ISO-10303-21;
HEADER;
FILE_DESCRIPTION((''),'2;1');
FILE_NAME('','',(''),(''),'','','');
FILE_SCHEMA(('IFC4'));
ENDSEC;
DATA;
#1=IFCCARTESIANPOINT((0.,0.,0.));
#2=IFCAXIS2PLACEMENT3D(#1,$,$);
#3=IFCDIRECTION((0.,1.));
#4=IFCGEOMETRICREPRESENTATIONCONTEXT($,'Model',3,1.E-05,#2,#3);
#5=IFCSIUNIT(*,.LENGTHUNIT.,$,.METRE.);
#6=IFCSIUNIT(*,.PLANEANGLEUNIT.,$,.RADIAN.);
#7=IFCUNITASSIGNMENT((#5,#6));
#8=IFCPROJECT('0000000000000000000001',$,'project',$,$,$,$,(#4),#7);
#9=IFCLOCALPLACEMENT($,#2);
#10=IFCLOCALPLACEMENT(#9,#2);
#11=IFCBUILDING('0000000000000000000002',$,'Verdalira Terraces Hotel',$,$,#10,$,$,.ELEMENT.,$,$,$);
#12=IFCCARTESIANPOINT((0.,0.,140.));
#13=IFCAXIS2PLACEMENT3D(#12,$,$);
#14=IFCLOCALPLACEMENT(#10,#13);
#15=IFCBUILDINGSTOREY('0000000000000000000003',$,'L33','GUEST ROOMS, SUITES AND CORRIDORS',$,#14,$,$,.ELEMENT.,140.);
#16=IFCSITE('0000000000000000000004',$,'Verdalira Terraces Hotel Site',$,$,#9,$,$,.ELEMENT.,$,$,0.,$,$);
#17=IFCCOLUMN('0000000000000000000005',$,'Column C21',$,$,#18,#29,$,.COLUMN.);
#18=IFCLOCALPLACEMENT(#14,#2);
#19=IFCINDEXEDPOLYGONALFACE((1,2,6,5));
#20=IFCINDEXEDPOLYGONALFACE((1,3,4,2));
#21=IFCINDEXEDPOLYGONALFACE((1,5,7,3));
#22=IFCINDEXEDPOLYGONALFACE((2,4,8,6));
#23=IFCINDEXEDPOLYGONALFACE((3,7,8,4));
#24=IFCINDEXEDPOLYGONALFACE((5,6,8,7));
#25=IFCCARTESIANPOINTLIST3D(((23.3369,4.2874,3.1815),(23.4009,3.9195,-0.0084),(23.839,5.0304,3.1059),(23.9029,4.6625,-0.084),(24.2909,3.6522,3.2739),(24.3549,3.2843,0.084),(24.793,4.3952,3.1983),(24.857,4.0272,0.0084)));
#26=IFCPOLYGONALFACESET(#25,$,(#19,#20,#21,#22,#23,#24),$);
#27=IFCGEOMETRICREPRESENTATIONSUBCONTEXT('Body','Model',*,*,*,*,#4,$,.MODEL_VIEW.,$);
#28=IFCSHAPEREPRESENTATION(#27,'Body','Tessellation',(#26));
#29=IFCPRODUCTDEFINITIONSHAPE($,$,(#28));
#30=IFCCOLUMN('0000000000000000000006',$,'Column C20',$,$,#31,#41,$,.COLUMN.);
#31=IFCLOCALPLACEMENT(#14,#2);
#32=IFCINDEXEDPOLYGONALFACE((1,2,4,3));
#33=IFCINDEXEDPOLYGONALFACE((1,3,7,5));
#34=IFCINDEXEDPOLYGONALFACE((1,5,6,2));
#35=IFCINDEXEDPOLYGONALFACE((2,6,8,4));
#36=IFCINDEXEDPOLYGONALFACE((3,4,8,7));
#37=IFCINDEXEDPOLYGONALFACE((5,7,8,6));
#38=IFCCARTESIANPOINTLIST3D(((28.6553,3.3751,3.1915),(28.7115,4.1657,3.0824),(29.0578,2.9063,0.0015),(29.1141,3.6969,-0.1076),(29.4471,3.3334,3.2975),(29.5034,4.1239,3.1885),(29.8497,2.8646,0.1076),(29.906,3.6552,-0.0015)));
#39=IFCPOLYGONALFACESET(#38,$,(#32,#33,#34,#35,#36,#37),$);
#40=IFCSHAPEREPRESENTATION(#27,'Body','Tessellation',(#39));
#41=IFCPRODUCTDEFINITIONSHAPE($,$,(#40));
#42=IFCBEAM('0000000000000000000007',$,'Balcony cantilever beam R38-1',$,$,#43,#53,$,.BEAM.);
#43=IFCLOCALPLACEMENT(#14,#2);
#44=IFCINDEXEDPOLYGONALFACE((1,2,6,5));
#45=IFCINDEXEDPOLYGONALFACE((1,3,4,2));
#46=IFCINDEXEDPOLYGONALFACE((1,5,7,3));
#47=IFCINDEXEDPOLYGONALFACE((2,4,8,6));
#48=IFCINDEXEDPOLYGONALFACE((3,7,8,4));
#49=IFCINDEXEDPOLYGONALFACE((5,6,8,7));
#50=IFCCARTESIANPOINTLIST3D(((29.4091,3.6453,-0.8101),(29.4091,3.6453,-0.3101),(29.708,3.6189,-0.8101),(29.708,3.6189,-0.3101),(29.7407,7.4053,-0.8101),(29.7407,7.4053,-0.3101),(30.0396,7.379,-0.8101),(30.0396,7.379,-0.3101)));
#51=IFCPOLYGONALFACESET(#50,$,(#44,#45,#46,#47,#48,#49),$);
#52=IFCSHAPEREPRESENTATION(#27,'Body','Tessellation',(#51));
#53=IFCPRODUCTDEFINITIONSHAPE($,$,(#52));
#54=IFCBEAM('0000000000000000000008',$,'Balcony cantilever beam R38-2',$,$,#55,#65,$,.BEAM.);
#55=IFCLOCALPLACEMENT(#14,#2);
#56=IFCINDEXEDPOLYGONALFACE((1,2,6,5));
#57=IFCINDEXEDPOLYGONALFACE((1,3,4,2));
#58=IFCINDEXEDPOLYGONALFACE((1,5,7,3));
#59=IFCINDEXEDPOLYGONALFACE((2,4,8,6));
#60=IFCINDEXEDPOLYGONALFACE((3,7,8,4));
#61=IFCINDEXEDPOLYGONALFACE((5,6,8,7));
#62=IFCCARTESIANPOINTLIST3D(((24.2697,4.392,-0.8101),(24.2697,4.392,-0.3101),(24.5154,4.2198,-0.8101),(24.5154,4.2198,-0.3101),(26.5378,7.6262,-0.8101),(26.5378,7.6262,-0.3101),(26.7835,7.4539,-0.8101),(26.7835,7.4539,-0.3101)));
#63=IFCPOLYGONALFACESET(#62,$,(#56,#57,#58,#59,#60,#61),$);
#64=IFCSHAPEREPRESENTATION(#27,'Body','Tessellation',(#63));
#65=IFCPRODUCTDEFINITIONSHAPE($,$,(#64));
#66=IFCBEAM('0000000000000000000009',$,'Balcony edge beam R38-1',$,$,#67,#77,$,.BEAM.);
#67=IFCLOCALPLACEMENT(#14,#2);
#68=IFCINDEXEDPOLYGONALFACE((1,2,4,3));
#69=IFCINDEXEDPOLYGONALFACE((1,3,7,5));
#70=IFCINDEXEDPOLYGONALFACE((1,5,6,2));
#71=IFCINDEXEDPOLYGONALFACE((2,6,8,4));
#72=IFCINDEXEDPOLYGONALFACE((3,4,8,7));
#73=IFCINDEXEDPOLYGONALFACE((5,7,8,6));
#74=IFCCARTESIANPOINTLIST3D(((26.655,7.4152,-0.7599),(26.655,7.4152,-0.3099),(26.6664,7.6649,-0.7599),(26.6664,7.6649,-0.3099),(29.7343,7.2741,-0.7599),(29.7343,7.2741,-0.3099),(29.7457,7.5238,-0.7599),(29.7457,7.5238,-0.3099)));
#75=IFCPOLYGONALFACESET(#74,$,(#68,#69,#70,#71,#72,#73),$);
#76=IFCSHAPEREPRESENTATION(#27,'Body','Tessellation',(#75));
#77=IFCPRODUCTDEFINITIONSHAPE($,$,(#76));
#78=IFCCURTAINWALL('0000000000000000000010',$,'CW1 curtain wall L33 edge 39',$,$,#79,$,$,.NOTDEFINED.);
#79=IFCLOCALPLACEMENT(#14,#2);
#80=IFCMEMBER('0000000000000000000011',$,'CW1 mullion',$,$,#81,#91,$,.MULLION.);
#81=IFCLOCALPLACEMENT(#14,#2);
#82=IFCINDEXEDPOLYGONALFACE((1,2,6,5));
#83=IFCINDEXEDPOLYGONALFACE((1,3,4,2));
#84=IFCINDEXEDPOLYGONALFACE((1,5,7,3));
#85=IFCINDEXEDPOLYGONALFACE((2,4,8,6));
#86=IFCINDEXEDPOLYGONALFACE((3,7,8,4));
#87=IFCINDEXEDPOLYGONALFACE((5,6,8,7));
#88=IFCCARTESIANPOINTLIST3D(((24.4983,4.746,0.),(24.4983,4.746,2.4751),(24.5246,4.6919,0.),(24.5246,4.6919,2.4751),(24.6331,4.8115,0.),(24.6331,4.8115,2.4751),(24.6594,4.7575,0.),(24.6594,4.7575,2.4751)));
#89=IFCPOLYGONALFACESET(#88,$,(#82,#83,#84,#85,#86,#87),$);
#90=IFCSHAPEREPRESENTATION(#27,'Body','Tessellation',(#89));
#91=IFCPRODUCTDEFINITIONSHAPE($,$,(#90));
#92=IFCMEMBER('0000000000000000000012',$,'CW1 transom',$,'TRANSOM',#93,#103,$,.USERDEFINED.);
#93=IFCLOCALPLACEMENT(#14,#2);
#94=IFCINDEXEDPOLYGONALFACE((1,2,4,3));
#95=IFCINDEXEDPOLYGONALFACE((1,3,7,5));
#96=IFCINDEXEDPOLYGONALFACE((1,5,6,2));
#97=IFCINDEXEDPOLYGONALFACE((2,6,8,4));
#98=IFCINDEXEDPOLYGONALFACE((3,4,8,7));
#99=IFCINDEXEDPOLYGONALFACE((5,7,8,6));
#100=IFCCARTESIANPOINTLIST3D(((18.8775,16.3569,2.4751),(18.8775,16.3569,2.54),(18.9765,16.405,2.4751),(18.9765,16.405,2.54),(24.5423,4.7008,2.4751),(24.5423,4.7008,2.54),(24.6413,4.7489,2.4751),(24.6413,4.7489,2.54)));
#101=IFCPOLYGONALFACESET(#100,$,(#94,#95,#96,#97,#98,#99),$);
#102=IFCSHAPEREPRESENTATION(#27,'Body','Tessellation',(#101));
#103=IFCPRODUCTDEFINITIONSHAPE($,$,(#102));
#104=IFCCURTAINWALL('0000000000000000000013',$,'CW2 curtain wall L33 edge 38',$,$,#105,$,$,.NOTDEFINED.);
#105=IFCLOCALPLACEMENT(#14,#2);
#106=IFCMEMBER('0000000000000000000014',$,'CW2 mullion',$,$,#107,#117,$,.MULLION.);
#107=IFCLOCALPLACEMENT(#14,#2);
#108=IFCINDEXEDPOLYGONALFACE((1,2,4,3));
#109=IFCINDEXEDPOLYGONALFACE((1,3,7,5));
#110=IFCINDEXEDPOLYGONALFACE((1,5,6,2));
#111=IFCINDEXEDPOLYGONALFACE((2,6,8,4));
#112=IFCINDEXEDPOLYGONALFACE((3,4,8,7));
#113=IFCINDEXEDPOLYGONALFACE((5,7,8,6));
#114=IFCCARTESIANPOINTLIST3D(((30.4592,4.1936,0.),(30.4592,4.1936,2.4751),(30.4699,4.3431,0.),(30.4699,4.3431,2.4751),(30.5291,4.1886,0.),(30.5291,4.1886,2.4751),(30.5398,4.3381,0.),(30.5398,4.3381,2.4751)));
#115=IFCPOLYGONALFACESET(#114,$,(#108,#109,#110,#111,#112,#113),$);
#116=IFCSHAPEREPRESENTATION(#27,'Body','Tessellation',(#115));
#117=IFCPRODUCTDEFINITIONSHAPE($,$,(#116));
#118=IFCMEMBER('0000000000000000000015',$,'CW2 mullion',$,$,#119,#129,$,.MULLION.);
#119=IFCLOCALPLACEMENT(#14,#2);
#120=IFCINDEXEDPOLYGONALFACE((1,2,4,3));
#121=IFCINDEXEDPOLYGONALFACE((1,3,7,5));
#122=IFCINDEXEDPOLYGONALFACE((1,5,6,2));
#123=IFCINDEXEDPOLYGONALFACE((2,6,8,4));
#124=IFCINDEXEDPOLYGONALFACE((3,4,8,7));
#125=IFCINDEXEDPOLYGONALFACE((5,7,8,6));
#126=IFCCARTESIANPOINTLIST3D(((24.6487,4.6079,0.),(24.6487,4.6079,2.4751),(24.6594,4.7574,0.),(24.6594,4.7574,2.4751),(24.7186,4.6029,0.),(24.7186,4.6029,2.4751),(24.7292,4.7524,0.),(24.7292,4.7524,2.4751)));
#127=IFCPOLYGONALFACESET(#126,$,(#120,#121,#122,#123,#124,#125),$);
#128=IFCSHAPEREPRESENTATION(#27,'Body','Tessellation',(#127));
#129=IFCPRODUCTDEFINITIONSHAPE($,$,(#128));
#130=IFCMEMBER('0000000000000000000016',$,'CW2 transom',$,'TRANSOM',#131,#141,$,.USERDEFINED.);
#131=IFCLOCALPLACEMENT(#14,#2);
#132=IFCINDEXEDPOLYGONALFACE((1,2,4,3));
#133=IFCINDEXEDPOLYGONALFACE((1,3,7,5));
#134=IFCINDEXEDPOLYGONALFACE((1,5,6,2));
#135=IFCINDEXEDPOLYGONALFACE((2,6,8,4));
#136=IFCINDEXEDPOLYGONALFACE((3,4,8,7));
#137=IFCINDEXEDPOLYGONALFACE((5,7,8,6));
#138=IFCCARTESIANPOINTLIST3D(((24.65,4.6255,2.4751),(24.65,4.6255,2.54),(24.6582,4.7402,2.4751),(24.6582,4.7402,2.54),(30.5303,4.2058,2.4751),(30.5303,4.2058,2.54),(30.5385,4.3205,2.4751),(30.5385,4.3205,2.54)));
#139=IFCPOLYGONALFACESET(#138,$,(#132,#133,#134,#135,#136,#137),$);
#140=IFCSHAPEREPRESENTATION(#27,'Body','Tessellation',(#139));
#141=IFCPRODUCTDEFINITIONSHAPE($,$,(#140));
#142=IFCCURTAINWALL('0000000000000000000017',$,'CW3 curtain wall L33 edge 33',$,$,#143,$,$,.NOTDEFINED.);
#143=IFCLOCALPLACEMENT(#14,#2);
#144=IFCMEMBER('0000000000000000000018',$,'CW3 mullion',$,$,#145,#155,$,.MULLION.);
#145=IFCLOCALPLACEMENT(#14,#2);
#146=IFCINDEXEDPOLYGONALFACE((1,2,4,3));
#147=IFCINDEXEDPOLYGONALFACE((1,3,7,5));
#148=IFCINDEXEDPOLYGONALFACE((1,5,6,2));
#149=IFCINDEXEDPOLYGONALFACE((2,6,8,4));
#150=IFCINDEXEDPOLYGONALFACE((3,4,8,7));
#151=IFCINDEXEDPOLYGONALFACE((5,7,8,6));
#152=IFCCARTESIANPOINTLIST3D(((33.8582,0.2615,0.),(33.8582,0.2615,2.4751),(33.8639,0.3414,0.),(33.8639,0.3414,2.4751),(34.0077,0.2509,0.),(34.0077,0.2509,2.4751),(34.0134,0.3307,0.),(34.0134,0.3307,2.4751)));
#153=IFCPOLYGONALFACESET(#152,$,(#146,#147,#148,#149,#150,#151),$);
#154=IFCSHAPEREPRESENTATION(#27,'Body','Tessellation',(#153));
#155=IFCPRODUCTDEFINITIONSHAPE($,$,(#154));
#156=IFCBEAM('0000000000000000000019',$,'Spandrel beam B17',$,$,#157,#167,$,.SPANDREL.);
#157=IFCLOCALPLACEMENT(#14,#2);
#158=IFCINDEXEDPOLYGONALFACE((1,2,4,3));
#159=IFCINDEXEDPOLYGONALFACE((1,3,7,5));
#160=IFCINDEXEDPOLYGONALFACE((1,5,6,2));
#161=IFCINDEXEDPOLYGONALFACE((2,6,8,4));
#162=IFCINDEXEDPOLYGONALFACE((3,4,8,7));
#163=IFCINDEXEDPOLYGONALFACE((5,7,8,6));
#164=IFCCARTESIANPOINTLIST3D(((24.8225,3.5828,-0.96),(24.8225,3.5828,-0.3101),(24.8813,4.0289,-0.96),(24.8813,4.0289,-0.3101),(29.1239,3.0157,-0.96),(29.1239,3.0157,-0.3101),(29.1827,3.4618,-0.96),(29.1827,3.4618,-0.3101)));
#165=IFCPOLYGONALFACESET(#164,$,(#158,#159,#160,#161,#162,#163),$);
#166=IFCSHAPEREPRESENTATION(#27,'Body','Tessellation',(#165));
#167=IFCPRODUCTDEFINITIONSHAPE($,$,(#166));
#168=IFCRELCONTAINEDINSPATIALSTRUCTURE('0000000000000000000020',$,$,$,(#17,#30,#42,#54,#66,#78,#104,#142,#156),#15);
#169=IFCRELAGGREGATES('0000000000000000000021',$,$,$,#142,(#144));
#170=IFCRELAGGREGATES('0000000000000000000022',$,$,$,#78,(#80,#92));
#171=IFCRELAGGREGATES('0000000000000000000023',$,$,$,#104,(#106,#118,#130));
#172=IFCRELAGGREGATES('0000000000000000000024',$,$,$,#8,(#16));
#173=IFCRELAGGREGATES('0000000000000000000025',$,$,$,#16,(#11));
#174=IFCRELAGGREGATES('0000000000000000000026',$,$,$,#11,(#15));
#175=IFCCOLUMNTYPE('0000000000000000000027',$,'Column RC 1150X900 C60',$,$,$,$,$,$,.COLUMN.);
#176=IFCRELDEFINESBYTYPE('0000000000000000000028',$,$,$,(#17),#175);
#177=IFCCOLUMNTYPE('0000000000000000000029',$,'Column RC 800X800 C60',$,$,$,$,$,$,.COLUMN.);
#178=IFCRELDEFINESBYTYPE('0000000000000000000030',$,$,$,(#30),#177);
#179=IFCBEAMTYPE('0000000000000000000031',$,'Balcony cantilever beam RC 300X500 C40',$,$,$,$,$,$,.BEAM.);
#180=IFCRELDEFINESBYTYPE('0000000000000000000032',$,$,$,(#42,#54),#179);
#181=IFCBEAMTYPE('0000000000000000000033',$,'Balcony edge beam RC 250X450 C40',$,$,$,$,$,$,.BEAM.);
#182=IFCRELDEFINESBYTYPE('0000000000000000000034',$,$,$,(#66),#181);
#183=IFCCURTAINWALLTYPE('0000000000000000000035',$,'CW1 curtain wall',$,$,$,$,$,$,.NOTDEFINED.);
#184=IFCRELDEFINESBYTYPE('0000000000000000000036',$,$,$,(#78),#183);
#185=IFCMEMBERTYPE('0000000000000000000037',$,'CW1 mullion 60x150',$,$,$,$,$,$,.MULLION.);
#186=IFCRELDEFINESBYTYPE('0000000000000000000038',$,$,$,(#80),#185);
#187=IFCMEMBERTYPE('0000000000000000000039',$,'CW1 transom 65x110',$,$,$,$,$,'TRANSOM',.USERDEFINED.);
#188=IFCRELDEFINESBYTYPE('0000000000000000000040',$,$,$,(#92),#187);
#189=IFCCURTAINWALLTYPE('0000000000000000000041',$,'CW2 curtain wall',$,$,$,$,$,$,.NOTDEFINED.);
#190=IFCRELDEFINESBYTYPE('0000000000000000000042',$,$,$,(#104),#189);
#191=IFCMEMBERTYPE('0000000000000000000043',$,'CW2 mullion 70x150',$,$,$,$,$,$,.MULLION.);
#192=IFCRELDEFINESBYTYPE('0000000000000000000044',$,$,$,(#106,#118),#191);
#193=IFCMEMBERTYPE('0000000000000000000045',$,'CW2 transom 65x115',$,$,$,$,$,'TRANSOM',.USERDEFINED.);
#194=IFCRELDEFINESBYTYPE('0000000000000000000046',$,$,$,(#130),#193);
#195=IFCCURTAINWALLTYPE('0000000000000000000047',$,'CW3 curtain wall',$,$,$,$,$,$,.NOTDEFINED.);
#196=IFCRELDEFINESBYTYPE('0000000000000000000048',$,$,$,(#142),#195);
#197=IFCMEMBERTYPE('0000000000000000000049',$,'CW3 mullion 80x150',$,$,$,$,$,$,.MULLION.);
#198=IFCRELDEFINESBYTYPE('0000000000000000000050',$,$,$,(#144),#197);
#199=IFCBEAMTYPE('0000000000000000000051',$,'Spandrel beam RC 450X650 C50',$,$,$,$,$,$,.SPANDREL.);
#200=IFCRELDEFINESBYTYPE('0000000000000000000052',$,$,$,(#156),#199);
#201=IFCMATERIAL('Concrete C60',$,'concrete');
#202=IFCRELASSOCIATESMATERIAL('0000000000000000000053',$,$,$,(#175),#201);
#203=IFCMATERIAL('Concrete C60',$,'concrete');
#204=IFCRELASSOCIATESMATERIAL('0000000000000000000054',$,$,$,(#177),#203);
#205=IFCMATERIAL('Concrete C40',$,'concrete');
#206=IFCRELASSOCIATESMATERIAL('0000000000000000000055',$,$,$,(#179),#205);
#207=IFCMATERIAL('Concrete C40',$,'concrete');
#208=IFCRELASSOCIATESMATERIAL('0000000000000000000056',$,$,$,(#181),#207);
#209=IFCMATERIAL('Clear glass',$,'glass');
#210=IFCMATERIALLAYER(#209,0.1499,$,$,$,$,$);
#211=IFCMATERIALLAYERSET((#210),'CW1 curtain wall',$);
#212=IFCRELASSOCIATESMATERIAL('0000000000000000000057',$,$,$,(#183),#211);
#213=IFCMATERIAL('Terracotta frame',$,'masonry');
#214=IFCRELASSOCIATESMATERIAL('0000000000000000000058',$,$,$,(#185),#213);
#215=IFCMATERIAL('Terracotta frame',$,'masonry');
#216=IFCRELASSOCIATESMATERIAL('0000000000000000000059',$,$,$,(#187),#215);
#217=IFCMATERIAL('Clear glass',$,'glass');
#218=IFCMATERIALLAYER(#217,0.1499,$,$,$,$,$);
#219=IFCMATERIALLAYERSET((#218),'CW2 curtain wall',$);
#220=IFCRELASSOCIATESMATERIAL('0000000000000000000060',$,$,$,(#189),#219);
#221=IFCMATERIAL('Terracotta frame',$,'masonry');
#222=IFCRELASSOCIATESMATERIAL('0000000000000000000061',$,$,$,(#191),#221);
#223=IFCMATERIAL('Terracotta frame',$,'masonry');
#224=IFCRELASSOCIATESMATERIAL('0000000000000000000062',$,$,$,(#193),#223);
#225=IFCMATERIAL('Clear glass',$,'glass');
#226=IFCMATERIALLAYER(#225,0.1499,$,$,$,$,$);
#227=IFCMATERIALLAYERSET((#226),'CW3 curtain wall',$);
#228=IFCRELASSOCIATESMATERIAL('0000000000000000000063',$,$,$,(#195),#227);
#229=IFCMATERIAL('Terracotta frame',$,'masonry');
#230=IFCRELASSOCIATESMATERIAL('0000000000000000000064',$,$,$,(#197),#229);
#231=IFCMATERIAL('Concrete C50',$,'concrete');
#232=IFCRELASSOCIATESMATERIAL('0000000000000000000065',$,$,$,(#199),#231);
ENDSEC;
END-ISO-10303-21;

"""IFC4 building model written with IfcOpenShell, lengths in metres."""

from ifc_helpers import new_model, si_unit, direction, frame, origin, origin_2d, place, context, subcontext, project, spatial, rectangle, extrude, material, layer, layer_set, material_profile, profile_set, type_object, element, aggregate, save


model = new_model("IFC4")

# Units and contexts
model_context = context("Model", 3, precision=1e-05, world=origin(), true_north=direction((0.0, 1.0)))
body_context = subcontext(model_context, "Body", "Model", "MODEL_VIEW")
ifc_project = project(units=[si_unit("LENGTHUNIT", "METRE"), si_unit("PLANEANGLEUNIT", "RADIAN")], contexts=[model_context])

# Site, building, storey
site_placement = place(None, origin())
site = spatial("IfcSite", under=ifc_project, at=site_placement, Name="Verdalira Terraces Hotel Site", CompositionType="ELEMENT", RefElevation=0.0)
building_placement = place(site_placement, origin())
building = spatial("IfcBuilding", under=site, at=building_placement, Name="Verdalira Terraces Hotel", CompositionType="ELEMENT")
storey_placement = place(building_placement, frame((0.0, 0.0, 140.0)))
storey = spatial("IfcBuildingStorey", under=building, at=storey_placement, Name="L33", Description="GUEST ROOMS, SUITES AND CORRIDORS", CompositionType="ELEMENT", Elevation=140.0)

# Columns
ifc_material_1 = material(Name="Concrete C60", Category="concrete")
ifc_material_profile_1 = material_profile(ifc_material_1, rectangle(XDim=1.1499, YDim=0.8999, at=origin_2d()), Name="RC 1150X900")
ifc_profile_set_1 = profile_set([ifc_material_profile_1], Name="Concrete C60")
column_type_1 = type_object("IfcColumnType", Name="Column RC 1150X900 C60", PredefinedType="COLUMN", material=ifc_profile_set_1)
column_1_placement = place(storey_placement, frame((24.1289, 3.9734, 0.0), z_axis=(-0.019916, 0.114555, 0.993217), x_axis=(0.82966, -0.552456, 0.080355)))
element("IfcColumn", 1, at=column_1_placement, inside=storey, type_object=column_type_1, Name="Column C21", PredefinedType="COLUMN", context=body_context, shape_type="SweptSolid", body=[
    extrude(rectangle(XDim=1.1499, YDim=0.8999, at=origin_2d()), origin(), (0.0, 0.0, 1.0), 3.2117),
])
ifc_material_2 = material(Name="Concrete C60", Category="concrete")
ifc_material_profile_2 = material_profile(ifc_material_2, rectangle(XDim=0.8, YDim=0.8, at=origin_2d()), Name="RC 800X800")
ifc_profile_set_2 = profile_set([ifc_material_profile_2], Name="Concrete C60")
column_type_2 = type_object("IfcColumnType", Name="Column RC 800X800 C60", PredefinedType="COLUMN", material=ifc_profile_set_2)
column_2_placement = place(storey_placement, frame((29.4819, 3.2808, 0.0), z_axis=(-0.123902, 0.144265, 0.981751), x_axis=(-0.989797, 0.052185, -0.132586)))
element("IfcColumn", 2, at=column_2_placement, inside=storey, type_object=column_type_2, Name="Column C20", PredefinedType="COLUMN", context=body_context, shape_type="SweptSolid", body=[
    extrude(rectangle(XDim=0.8, YDim=0.8, at=origin_2d()), origin(), (0.0, 0.0, 1.0), 3.2493),
])

# Beams
ifc_material_3 = material(Name="Concrete C40", Category="concrete")
ifc_material_profile_3 = material_profile(ifc_material_3, rectangle(XDim=0.3, YDim=0.5, at=origin_2d()), Name="RC 300X500")
ifc_profile_set_3 = profile_set([ifc_material_profile_3], Name="Concrete C40")
beam_type_1 = type_object("IfcBeamType", Name="Balcony cantilever beam RC 300X500 C40", PredefinedType="BEAM", material=ifc_profile_set_3)
beam_1_placement = place(storey_placement, frame((29.5586, 3.6321, -0.5601), z_axis=(0.087835, 0.996135, 0.0), x_axis=(-0.996135, 0.087835, 0.0)))
element("IfcBeam", 3, at=beam_1_placement, inside=storey, type_object=beam_type_1, Name="Balcony cantilever beam R38-1", PredefinedType="BEAM", context=body_context, shape_type="SweptSolid", body=[
    extrude(rectangle(XDim=0.3, YDim=0.5, at=origin_2d()), origin(), (0.0, 0.0, 1.0), 3.7747),
])
beam_2_placement = place(storey_placement, frame((24.3926, 4.3059, -0.5601), z_axis=(0.574171, 0.818735, 0.0), x_axis=(-0.818735, 0.574171, 0.0)))
element("IfcBeam", 4, at=beam_2_placement, inside=storey, type_object=beam_type_1, Name="Balcony cantilever beam R38-2", PredefinedType="BEAM", context=body_context, shape_type="SweptSolid", body=[
    extrude(rectangle(XDim=0.3, YDim=0.5, at=origin_2d()), origin(), (0.0, 0.0, 1.0), 3.9502),
])
ifc_material_4 = material(Name="Concrete C40", Category="concrete")
ifc_material_profile_4 = material_profile(ifc_material_4, rectangle(XDim=0.25, YDim=0.45, at=origin_2d()), Name="RC 250X450")
ifc_profile_set_4 = profile_set([ifc_material_profile_4], Name="Concrete C40")
beam_type_2 = type_object("IfcBeamType", Name="Balcony edge beam RC 250X450 C40", PredefinedType="BEAM", material=ifc_profile_set_4)
beam_3_placement = place(storey_placement, frame((29.74, 7.3989, -0.5349), z_axis=(-0.998952, 0.045778, 0.0), x_axis=(-0.045778, -0.998952, 0.0)))
element("IfcBeam", 5, at=beam_3_placement, inside=storey, type_object=beam_type_2, Name="Balcony edge beam R38-1", PredefinedType="BEAM", context=body_context, shape_type="SweptSolid", body=[
    extrude(rectangle(XDim=0.25, YDim=0.45, at=origin_2d()), origin(), (0.0, 0.0, 1.0), 3.0825),
])

# Curtain walls, members
ifc_material_5 = material(Name="Clear glass", Category="glass")
ifc_layer_1 = layer(ifc_material_5, 0.1499)
ifc_layer_set_1 = layer_set([ifc_layer_1], Name="CW1 curtain wall")
curtain_wall_type_1 = type_object("IfcCurtainWallType", Name="CW1 curtain wall", PredefinedType="NOTDEFINED", material=ifc_layer_set_1)
curtain_wall_1_placement = place(storey_placement, origin())
curtain_wall_1 = element("IfcCurtainWall", 6, at=curtain_wall_1_placement, inside=storey, type_object=curtain_wall_type_1, Name="CW1 curtain wall L33 edge 39", PredefinedType="NOTDEFINED")
ifc_material_6 = material(Name="Terracotta frame", Category="masonry")
ifc_material_profile_5 = material_profile(ifc_material_6, rectangle(XDim=0.0601, YDim=0.1499, at=origin_2d()), Name="MU 60x150")
ifc_profile_set_5 = profile_set([ifc_material_profile_5], Name="Terracotta frame")
member_type_1 = type_object("IfcMemberType", Name="CW1 mullion 60x150", PredefinedType="MULLION", material=ifc_profile_set_5)
member_1_placement = place(storey_placement, frame((24.5789, 4.7517, 0.0), z_axis=(0.0, 0.0, 1.0), x_axis=(-0.437116, 0.899405, 0.0)))
member_1 = element("IfcMember", 7, at=member_1_placement, type_object=member_type_1, Name="CW1 mullion", PredefinedType="MULLION", context=body_context, shape_type="SweptSolid", body=[
    extrude(rectangle(XDim=0.0601, YDim=0.1499, at=origin_2d()), origin(), (0.0, 0.0, 1.0), 2.4751),
])
ifc_material_7 = material(Name="Terracotta frame", Category="masonry")
ifc_material_profile_6 = material_profile(ifc_material_7, rectangle(XDim=0.1101, YDim=0.0649, at=origin_2d()), Name="TR 65x110")
ifc_profile_set_6 = profile_set([ifc_material_profile_6], Name="Terracotta frame")
member_type_2 = type_object("IfcMemberType", Name="CW1 transom 65x110", ElementType="TRANSOM", PredefinedType="USERDEFINED", material=ifc_profile_set_6)
member_2_placement = place(storey_placement, frame((24.5918, 4.7249, 2.5076), z_axis=(-0.43711, 0.899408, 0.0), x_axis=(-0.899408, -0.43711, 0.0)))
member_2 = element("IfcMember", 8, at=member_2_placement, type_object=member_type_2, Name="CW1 transom", ObjectType="TRANSOM", PredefinedType="USERDEFINED", context=body_context, shape_type="SweptSolid", body=[
    extrude(rectangle(XDim=0.1101, YDim=0.0649, at=origin_2d()), origin(), (0.0, 0.0, 1.0), 12.9597),
])
ifc_material_8 = material(Name="Clear glass", Category="glass")
ifc_layer_2 = layer(ifc_material_8, 0.1499)
ifc_layer_set_2 = layer_set([ifc_layer_2], Name="CW2 curtain wall")
curtain_wall_type_2 = type_object("IfcCurtainWallType", Name="CW2 curtain wall", PredefinedType="NOTDEFINED", material=ifc_layer_set_2)
curtain_wall_2_placement = place(storey_placement, origin())
curtain_wall_2 = element("IfcCurtainWall", 9, at=curtain_wall_2_placement, inside=storey, type_object=curtain_wall_type_2, Name="CW2 curtain wall L33 edge 38", PredefinedType="NOTDEFINED")
ifc_material_9 = material(Name="Terracotta frame", Category="masonry")
ifc_material_profile_7 = material_profile(ifc_material_9, rectangle(XDim=0.0701, YDim=0.1499, at=origin_2d()), Name="MU 70x150")
ifc_profile_set_7 = profile_set([ifc_material_profile_7], Name="Terracotta frame")
member_type_3 = type_object("IfcMemberType", Name="CW2 mullion 70x150", PredefinedType="MULLION", material=ifc_profile_set_7)
member_3_placement = place(storey_placement, frame((30.4995, 4.2659, 0.0), z_axis=(0.0, 0.0, 1.0), x_axis=(-0.997466, 0.071149, 0.0)))
member_3 = element("IfcMember", 10, at=member_3_placement, type_object=member_type_3, Name="CW2 mullion", PredefinedType="MULLION", context=body_context, shape_type="SweptSolid", body=[
    extrude(rectangle(XDim=0.0701, YDim=0.1499, at=origin_2d()), origin(), (0.0, 0.0, 1.0), 2.4751),
])
member_4_placement = place(storey_placement, frame((24.689, 4.6802, 0.0), z_axis=(0.0, 0.0, 1.0), x_axis=(-0.997466, 0.071149, 0.0)))
member_4 = element("IfcMember", 11, at=member_4_placement, type_object=member_type_3, Name="CW2 mullion", PredefinedType="MULLION", context=body_context, shape_type="SweptSolid", body=[
    extrude(rectangle(XDim=0.0701, YDim=0.1499, at=origin_2d()), origin(), (0.0, 0.0, 1.0), 2.4751),
])
ifc_material_10 = material(Name="Terracotta frame", Category="masonry")
ifc_material_profile_8 = material_profile(ifc_material_10, rectangle(XDim=0.115, YDim=0.0649, at=origin_2d()), Name="TR 65x115")
ifc_profile_set_8 = profile_set([ifc_material_profile_8], Name="Terracotta frame")
member_type_4 = type_object("IfcMemberType", Name="CW2 transom 65x115", ElementType="TRANSOM", PredefinedType="USERDEFINED", material=ifc_profile_set_8)
member_5_placement = place(storey_placement, frame((30.5344, 4.2632, 2.5076), z_axis=(-0.997463, 0.071188, 0.0), x_axis=(-0.071188, -0.997463, 0.0)))
member_5 = element("IfcMember", 12, at=member_5_placement, type_object=member_type_4, Name="CW2 transom", ObjectType="TRANSOM", PredefinedType="USERDEFINED", context=body_context, shape_type="SweptSolid", body=[
    extrude(rectangle(XDim=0.115, YDim=0.0649, at=origin_2d()), origin(), (0.0, 0.0, 1.0), 5.8953),
])

# Curtain wall, member
ifc_material_11 = material(Name="Clear glass", Category="glass")
ifc_layer_3 = layer(ifc_material_11, 0.1499)
ifc_layer_set_3 = layer_set([ifc_layer_3], Name="CW3 curtain wall")
curtain_wall_type_3 = type_object("IfcCurtainWallType", Name="CW3 curtain wall", PredefinedType="NOTDEFINED", material=ifc_layer_set_3)
curtain_wall_3_placement = place(storey_placement, origin())
curtain_wall_3 = element("IfcCurtainWall", 13, at=curtain_wall_3_placement, inside=storey, type_object=curtain_wall_type_3, Name="CW3 curtain wall L33 edge 33", PredefinedType="NOTDEFINED")
ifc_material_12 = material(Name="Terracotta frame", Category="masonry")
ifc_material_profile_9 = material_profile(ifc_material_12, rectangle(XDim=0.0801, YDim=0.1499, at=origin_2d()), Name="MU 80x150")
ifc_profile_set_9 = profile_set([ifc_material_profile_9], Name="Terracotta frame")
member_type_5 = type_object("IfcMemberType", Name="CW3 mullion 80x150", PredefinedType="MULLION", material=ifc_profile_set_9)
member_6_placement = place(storey_placement, frame((33.9358, 0.2961, 0.0), z_axis=(0.0, 0.0, 1.0), x_axis=(0.071149, 0.997466, 0.0)))
member_6 = element("IfcMember", 14, at=member_6_placement, type_object=member_type_5, Name="CW3 mullion", PredefinedType="MULLION", context=body_context, shape_type="SweptSolid", body=[
    extrude(rectangle(XDim=0.0801, YDim=0.1499, at=origin_2d()), origin(), (0.0, 0.0, 1.0), 2.4751),
])
aggregate(curtain_wall_3, [member_6])

# Beam
ifc_material_13 = material(Name="Concrete C50", Category="concrete")
ifc_material_profile_10 = material_profile(ifc_material_13, rectangle(XDim=0.45, YDim=0.6499, at=origin_2d()), Name="RC 450X650")
ifc_profile_set_10 = profile_set([ifc_material_profile_10], Name="Concrete C50")
beam_type_3 = type_object("IfcBeamType", Name="Spandrel beam RC 450X650 C50", PredefinedType="SPANDREL", material=ifc_profile_set_10)
beam_4_placement = place(storey_placement, frame((29.1533, 3.2388, -0.635), z_axis=(-0.99142, 0.130715, 0.0), x_axis=(-0.130715, -0.99142, 0.0)))
element("IfcBeam", 15, at=beam_4_placement, inside=storey, type_object=beam_type_3, Name="Spandrel beam B17", PredefinedType="SPANDREL", context=body_context, shape_type="SweptSolid", body=[
    extrude(rectangle(XDim=0.45, YDim=0.6499, at=origin_2d()), origin(), (0.0, 0.0, 1.0), 4.3386),
])

aggregate(curtain_wall_1, [member_1, member_2])
aggregate(curtain_wall_2, [member_3, member_4, member_5])

save(model, "model.ifc")
